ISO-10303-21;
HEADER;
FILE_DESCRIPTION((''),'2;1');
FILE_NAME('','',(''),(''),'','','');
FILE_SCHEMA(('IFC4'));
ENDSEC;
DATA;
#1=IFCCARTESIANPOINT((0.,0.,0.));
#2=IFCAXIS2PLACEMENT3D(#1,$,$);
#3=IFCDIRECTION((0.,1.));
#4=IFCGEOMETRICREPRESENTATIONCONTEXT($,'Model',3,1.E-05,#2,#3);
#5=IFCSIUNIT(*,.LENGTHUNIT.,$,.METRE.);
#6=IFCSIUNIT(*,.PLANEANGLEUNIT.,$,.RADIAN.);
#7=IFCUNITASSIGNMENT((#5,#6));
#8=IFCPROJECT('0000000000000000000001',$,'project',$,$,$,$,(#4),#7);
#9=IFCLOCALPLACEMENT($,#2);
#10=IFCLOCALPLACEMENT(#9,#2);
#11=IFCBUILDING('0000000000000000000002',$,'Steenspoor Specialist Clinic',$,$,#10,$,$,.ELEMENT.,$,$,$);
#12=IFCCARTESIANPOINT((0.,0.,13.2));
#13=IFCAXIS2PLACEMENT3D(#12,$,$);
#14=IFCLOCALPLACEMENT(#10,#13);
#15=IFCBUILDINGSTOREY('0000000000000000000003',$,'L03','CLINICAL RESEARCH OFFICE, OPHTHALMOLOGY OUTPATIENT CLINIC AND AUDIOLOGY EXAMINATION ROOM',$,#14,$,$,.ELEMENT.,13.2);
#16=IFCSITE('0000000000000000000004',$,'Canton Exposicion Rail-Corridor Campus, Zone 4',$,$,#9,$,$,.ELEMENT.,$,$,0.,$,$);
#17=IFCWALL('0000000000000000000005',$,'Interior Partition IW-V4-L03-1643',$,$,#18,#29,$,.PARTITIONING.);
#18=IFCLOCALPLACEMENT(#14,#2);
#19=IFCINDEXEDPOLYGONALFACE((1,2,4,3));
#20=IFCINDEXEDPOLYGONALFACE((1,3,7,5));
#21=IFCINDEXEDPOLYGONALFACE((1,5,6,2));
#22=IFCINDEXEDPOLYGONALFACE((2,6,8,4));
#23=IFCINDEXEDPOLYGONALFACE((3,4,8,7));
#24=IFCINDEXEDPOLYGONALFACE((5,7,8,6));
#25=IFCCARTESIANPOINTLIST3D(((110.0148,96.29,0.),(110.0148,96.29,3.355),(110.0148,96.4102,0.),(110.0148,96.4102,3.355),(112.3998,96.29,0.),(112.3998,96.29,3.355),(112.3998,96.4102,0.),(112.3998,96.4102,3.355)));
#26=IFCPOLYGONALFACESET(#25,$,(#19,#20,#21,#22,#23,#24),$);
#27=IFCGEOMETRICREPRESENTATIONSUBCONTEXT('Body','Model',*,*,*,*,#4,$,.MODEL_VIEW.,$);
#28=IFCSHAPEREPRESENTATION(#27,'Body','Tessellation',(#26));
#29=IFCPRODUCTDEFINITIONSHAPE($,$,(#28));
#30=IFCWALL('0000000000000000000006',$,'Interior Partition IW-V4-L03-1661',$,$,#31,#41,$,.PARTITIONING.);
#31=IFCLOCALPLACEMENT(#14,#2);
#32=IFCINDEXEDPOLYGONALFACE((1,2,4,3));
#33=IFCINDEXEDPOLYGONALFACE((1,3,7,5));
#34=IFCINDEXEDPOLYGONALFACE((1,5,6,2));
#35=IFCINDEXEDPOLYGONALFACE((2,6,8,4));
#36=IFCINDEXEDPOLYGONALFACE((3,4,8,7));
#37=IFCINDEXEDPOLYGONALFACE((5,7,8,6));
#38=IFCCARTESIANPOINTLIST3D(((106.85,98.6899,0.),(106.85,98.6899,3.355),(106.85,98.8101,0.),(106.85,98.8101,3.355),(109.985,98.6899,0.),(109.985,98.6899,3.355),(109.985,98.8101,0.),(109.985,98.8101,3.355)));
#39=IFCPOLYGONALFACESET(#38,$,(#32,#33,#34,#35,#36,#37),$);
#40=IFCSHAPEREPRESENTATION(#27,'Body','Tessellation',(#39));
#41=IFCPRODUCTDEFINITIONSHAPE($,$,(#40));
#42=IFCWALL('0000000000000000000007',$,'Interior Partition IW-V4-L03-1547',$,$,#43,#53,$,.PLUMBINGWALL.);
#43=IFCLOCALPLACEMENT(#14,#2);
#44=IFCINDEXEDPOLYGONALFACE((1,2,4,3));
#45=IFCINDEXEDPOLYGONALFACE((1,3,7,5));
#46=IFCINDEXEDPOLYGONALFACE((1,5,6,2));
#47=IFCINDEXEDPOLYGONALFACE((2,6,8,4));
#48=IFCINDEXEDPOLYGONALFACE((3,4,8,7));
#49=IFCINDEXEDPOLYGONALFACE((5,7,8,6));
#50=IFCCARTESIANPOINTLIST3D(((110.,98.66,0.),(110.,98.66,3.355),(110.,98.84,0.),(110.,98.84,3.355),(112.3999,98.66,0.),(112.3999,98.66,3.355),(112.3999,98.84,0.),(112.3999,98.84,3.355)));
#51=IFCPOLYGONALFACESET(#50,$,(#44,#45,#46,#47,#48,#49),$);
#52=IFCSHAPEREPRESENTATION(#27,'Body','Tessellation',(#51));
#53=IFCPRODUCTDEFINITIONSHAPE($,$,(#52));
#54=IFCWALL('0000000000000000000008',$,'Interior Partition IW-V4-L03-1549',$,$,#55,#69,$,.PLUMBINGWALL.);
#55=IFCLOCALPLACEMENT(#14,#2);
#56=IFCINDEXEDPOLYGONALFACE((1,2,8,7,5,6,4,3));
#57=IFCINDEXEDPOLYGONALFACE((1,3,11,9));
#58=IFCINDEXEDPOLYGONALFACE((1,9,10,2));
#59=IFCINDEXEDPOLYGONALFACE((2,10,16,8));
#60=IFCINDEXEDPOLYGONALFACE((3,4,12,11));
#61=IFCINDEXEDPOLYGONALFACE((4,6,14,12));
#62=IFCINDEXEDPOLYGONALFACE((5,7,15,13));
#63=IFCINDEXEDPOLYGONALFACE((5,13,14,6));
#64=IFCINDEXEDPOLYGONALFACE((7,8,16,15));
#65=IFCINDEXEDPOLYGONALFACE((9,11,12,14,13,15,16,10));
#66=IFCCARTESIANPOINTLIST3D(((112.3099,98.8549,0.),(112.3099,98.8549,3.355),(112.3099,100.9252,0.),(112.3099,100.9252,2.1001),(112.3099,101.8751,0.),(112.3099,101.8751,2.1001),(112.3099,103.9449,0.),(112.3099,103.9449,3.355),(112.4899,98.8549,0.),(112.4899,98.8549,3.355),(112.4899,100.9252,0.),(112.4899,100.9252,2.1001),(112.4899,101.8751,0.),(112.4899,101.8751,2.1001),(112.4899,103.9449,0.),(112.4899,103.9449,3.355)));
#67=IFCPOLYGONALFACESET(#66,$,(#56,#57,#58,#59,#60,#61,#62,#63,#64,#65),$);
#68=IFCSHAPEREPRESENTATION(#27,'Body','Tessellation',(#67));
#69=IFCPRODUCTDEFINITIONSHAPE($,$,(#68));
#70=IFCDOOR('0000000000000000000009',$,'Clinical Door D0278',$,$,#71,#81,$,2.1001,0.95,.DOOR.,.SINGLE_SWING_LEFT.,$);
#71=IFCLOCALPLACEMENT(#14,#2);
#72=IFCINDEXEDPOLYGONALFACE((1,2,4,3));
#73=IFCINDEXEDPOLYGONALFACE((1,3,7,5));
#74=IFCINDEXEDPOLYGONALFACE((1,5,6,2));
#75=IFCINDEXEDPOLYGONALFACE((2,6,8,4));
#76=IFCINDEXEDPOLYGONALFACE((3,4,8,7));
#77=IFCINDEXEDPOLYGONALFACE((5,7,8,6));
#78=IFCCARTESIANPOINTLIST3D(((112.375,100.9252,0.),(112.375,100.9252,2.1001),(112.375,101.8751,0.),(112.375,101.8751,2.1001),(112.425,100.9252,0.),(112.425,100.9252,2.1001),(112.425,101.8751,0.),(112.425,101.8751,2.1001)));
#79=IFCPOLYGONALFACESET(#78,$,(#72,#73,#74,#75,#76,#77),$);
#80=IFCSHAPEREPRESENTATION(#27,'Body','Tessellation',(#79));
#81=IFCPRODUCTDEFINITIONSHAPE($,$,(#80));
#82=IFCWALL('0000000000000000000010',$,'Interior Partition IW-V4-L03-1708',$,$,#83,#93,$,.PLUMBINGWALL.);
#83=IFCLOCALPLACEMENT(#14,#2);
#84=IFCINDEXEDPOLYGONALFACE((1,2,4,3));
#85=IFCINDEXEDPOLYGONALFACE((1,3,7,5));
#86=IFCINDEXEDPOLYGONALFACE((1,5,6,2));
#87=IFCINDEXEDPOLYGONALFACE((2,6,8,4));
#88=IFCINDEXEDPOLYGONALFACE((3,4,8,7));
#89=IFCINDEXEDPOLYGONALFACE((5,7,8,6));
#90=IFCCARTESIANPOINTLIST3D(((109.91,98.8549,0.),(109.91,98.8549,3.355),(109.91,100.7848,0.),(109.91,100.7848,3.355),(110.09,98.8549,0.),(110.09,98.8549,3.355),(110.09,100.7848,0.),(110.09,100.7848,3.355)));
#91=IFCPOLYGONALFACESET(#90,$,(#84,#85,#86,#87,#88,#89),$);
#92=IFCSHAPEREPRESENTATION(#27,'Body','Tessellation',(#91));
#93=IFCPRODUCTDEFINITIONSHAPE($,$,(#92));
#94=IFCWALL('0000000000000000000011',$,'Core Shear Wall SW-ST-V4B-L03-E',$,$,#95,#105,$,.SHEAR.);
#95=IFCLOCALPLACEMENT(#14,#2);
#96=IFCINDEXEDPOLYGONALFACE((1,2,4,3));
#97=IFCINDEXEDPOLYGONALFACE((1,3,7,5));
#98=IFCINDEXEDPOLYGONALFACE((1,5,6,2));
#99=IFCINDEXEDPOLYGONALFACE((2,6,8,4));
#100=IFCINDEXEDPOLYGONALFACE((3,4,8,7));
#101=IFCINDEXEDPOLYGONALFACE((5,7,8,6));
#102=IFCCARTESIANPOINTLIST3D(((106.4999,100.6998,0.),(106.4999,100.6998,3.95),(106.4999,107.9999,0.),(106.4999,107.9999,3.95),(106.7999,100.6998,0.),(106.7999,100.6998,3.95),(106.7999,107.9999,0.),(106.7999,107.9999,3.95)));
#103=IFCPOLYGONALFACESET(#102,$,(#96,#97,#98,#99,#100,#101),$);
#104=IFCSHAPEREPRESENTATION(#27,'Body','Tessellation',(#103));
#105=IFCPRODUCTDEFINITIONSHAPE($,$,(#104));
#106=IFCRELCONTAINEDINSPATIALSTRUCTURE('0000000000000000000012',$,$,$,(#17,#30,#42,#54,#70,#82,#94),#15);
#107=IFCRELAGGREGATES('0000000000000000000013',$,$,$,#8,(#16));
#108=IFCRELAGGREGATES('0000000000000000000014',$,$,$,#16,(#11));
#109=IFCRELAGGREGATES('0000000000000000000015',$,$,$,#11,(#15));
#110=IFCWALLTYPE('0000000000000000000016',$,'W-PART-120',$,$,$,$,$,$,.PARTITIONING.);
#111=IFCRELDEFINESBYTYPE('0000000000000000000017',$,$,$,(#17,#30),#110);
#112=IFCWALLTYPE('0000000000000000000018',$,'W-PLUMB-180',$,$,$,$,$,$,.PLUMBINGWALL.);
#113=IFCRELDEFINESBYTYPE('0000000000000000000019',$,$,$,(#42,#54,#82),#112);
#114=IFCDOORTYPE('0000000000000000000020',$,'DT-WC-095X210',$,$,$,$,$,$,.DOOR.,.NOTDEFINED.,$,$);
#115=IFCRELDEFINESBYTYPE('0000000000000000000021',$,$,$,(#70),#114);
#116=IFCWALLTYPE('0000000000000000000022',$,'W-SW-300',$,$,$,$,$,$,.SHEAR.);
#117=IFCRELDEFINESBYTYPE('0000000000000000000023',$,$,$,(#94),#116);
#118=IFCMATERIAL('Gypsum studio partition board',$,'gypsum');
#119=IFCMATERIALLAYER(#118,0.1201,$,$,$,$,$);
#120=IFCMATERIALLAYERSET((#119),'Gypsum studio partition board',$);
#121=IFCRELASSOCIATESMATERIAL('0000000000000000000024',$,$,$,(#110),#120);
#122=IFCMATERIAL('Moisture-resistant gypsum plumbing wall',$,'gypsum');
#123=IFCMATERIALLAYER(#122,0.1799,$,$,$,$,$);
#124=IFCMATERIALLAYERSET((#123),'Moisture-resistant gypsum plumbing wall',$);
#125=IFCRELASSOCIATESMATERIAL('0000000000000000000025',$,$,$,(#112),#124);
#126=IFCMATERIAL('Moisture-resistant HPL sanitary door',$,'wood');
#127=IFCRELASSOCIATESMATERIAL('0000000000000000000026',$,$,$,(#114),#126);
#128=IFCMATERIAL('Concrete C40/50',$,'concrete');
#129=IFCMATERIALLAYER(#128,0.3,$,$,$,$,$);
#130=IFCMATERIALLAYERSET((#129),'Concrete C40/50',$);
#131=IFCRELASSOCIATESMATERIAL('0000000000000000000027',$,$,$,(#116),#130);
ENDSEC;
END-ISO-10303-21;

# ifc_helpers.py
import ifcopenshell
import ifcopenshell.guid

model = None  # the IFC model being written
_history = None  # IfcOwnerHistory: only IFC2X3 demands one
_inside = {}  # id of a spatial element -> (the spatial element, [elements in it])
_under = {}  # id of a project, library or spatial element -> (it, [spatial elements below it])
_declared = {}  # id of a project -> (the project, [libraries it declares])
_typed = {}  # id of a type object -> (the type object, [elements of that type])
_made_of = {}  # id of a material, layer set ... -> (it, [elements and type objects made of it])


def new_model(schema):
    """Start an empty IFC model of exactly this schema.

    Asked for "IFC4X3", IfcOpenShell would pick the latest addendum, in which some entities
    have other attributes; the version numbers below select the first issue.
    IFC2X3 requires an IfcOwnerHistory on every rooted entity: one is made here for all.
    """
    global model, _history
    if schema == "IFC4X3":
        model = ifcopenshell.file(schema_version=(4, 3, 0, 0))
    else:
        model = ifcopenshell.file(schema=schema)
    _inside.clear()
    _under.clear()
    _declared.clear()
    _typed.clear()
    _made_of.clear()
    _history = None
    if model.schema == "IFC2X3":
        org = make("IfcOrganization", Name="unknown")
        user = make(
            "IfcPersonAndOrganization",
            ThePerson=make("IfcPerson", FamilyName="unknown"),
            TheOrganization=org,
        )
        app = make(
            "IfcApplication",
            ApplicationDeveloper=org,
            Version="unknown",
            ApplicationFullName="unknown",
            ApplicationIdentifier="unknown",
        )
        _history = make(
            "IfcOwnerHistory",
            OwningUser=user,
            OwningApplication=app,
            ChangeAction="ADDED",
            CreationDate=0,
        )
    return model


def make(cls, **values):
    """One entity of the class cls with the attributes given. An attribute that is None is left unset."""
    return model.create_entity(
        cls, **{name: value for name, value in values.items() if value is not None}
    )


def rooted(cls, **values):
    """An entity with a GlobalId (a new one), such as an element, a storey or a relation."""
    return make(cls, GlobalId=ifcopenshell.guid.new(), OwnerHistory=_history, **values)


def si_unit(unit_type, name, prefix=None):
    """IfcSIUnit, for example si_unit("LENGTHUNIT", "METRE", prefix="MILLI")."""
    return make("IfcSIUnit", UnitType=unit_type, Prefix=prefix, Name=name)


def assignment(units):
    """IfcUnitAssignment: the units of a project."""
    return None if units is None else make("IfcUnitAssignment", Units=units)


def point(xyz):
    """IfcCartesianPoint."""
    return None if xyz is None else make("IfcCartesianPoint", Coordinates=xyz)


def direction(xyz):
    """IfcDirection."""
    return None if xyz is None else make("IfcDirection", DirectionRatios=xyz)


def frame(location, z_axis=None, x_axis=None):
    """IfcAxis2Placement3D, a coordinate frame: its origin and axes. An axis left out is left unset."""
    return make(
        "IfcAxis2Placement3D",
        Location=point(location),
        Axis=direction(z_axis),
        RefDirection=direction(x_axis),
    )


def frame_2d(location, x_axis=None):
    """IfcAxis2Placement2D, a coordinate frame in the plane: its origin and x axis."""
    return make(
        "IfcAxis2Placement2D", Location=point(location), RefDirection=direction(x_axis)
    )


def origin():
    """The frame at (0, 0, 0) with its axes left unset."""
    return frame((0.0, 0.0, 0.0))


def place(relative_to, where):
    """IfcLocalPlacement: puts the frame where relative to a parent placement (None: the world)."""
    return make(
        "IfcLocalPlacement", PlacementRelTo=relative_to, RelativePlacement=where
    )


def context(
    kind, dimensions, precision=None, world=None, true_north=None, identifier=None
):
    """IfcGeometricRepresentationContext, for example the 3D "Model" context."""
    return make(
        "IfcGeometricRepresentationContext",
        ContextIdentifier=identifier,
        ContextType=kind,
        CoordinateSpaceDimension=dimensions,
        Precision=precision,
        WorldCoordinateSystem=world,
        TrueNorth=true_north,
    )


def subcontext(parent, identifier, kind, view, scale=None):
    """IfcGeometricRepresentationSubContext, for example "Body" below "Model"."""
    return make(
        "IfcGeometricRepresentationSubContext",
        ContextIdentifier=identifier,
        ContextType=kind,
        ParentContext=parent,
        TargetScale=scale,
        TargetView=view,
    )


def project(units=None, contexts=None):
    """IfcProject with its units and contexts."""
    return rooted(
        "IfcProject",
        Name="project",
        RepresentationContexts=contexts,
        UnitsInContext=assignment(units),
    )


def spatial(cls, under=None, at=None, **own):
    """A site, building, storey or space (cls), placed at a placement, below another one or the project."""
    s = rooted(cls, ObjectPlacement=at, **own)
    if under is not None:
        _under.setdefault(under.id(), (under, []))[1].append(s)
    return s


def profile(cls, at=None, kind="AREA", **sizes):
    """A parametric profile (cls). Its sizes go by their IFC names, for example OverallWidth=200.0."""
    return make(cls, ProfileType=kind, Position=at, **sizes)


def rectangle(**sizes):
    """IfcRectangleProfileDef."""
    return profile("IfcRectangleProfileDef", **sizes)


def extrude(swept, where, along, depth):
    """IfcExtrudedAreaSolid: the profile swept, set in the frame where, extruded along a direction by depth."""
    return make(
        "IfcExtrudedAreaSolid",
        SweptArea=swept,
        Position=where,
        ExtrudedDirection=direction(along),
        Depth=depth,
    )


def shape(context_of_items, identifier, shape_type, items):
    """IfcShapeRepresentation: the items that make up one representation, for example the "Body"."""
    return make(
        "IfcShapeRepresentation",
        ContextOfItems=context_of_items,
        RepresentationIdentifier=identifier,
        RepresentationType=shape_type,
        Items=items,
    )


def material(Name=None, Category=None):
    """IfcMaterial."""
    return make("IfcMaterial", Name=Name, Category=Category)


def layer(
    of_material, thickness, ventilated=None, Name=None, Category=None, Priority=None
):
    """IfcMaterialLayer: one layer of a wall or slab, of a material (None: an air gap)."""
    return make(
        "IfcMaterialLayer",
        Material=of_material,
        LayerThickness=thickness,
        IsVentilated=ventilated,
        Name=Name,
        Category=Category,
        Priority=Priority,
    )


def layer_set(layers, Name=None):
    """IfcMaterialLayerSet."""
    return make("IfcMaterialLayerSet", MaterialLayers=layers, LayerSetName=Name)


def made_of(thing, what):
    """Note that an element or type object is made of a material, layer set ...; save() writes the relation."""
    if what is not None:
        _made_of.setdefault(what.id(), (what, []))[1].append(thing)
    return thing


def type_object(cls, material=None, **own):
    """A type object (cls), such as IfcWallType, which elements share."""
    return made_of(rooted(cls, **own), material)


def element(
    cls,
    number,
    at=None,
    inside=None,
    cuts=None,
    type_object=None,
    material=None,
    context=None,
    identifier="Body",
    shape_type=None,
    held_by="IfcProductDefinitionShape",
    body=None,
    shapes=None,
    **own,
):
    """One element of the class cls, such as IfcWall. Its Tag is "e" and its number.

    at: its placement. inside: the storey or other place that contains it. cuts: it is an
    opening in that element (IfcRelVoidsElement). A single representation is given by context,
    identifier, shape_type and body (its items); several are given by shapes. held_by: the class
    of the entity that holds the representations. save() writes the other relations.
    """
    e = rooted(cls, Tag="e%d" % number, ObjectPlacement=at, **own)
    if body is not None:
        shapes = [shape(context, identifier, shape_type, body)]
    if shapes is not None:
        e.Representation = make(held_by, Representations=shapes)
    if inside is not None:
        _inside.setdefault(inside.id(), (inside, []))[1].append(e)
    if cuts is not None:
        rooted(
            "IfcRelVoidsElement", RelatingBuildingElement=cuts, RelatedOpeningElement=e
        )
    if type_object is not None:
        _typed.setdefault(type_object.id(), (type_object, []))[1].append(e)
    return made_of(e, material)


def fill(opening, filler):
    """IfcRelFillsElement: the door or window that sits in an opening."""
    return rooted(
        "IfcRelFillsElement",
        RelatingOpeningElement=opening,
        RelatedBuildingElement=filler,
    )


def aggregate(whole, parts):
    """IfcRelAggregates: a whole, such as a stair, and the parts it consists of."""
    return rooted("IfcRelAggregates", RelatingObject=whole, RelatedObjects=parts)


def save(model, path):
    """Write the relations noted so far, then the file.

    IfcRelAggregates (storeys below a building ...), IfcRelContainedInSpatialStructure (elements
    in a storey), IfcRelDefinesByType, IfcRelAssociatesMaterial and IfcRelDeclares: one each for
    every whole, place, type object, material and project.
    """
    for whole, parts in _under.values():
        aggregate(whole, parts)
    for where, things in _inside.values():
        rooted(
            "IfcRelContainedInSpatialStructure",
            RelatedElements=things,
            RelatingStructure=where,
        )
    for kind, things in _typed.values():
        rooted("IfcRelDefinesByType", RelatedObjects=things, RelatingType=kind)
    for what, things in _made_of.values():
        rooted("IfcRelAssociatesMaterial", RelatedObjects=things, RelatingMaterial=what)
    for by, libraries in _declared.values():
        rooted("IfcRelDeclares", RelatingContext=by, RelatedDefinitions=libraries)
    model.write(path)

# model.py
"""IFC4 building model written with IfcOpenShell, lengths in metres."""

from ifc_helpers import new_model, si_unit, direction, frame, frame_2d, origin, place, context, subcontext, project, spatial, rectangle, extrude, material, layer, layer_set, type_object, element, fill, save


model = new_model("IFC4")

# Units and contexts
model_context = context("Model", 3, precision=1e-05, world=origin(), true_north=direction((0.0, 1.0)))
body_context = subcontext(model_context, "Body", "Model", "MODEL_VIEW")
ifc_project = project(units=[si_unit("LENGTHUNIT", "METRE"), si_unit("PLANEANGLEUNIT", "RADIAN")], contexts=[model_context])

# Site, building, storey
site_placement = place(None, origin())
site = spatial("IfcSite", under=ifc_project, at=site_placement, Name="Canton Exposicion Rail-Corridor Campus, Zone 4", CompositionType="ELEMENT", RefElevation=0.0)
building_placement = place(site_placement, origin())
building = spatial("IfcBuilding", under=site, at=building_placement, Name="Steenspoor Specialist Clinic", CompositionType="ELEMENT")
storey_placement = place(building_placement, frame((0.0, 0.0, 13.2)))
storey = spatial("IfcBuildingStorey", under=building, at=storey_placement, Name="L03", Description="CLINICAL RESEARCH OFFICE, OPHTHALMOLOGY OUTPATIENT CLINIC AND AUDIOLOGY EXAMINATION ROOM", CompositionType="ELEMENT", Elevation=13.2)

# Shared definitions
ifc_material_1 = material(Name="Concrete C40/50", Category="concrete")

# Walls
ifc_material_2 = material(Name="Gypsum studio partition board", Category="gypsum")
ifc_layer_1 = layer(ifc_material_2, 0.1201)
ifc_layer_set_1 = layer_set([ifc_layer_1], Name="Gypsum studio partition board")
wall_type_1 = type_object("IfcWallType", Name="W-PART-120", PredefinedType="PARTITIONING", material=ifc_layer_set_1)
wall_1_placement = place(storey_placement, frame((110.0149, 96.3501, 0.0), z_axis=(0.0, 0.0, 1.0), x_axis=(1.0, 0.0, 0.0)))
element("IfcWall", 1, at=wall_1_placement, inside=storey, type_object=wall_type_1, Name="Interior Partition IW-V4-L03-1643", PredefinedType="PARTITIONING", context=body_context, shape_type="SweptSolid", body=[
    extrude(rectangle(XDim=2.385, YDim=0.1201, at=frame_2d((1.1924, 0.0))), origin(), (0.0, 0.0, 1.0), 3.355),
])
wall_2_placement = place(storey_placement, frame((106.8501, 98.75, 0.0), z_axis=(0.0, 0.0, 1.0), x_axis=(1.0, 0.0, 0.0)))
element("IfcWall", 2, at=wall_2_placement, inside=storey, type_object=wall_type_1, Name="Interior Partition IW-V4-L03-1661", PredefinedType="PARTITIONING", context=body_context, shape_type="SweptSolid", body=[
    extrude(rectangle(XDim=3.135, YDim=0.1201, at=frame_2d((1.5674, 0.0))), origin(), (0.0, 0.0, 1.0), 3.355),
])
ifc_material_3 = material(Name="Moisture-resistant gypsum plumbing wall", Category="gypsum")
ifc_layer_2 = layer(ifc_material_3, 0.1799)
ifc_layer_set_2 = layer_set([ifc_layer_2], Name="Moisture-resistant gypsum plumbing wall")
wall_type_2 = type_object("IfcWallType", Name="W-PLUMB-180", PredefinedType="PLUMBINGWALL", material=ifc_layer_set_2)
wall_3_placement = place(storey_placement, frame((110.0, 98.75, 0.0), z_axis=(0.0, 0.0, 1.0), x_axis=(1.0, 0.0, 0.0)))
element("IfcWall", 3, at=wall_3_placement, inside=storey, type_object=wall_type_2, Name="Interior Partition IW-V4-L03-1547", PredefinedType="PLUMBINGWALL", context=body_context, shape_type="SweptSolid", body=[
    extrude(rectangle(XDim=2.3999, YDim=0.1799, at=frame_2d((1.2, 0.0))), origin(), (0.0, 0.0, 1.0), 3.355),
])

# Wall, opening, door
wall_4_placement = place(storey_placement, frame((112.3999, 98.855, 0.0), z_axis=(0.0, 0.0, 1.0), x_axis=(0.0, 1.0, 0.0)))
wall_4 = element("IfcWall", 4, at=wall_4_placement, inside=storey, type_object=wall_type_2, Name="Interior Partition IW-V4-L03-1549", PredefinedType="PLUMBINGWALL", context=body_context, shape_type="SweptSolid", body=[
    extrude(rectangle(XDim=5.0901, YDim=0.1799, at=frame_2d((2.5449, 0.0))), origin(), (0.0, 0.0, 1.0), 3.355),
])
opening_1_placement = place(wall_4_placement, frame((2.0701, 0.0, 0.0)))
opening_1 = element("IfcOpeningElement", 5, at=opening_1_placement, cuts=wall_4, PredefinedType="OPENING", context=body_context, shape_type="SweptSolid", body=[
    extrude(rectangle(XDim=0.95, YDim=2.1001, at=frame_2d((0.4751, 1.05))), frame((0.0, 0.1001, 0.0), z_axis=(0.0, -1.0, 0.0), x_axis=(1.0, 0.0, 0.0)), (0.0, 0.0, 1.0), 0.2),
])
ifc_material_4 = material(Name="Moisture-resistant HPL sanitary door", Category="wood")
door_type = type_object("IfcDoorType", Name="DT-WC-095X210", OperationType="NOTDEFINED", PredefinedType="DOOR", material=ifc_material_4)
door_placement = place(opening_1_placement, origin())
door = element("IfcDoor", 6, at=door_placement, inside=storey, type_object=door_type, Name="Clinical Door D0278", OperationType="SINGLE_SWING_LEFT", OverallHeight=2.1001, OverallWidth=0.95, PredefinedType="DOOR", context=body_context, shape_type="SweptSolid", body=[
    extrude(rectangle(XDim=0.95, YDim=2.1001, at=frame_2d((0.4751, 1.05))), frame((0.0, 0.0249, 0.0), z_axis=(0.0, -1.0, 0.0), x_axis=(1.0, 0.0, 0.0)), (0.0, 0.0, 1.0), 0.05),
])
fill(opening_1, door)

# Walls
wall_5_placement = place(storey_placement, frame((110.0, 98.855, 0.0), z_axis=(0.0, 0.0, 1.0), x_axis=(0.0, 1.0, 0.0)))
element("IfcWall", 7, at=wall_5_placement, inside=storey, type_object=wall_type_2, Name="Interior Partition IW-V4-L03-1708", PredefinedType="PLUMBINGWALL", context=body_context, shape_type="SweptSolid", body=[
    extrude(rectangle(XDim=1.9299, YDim=0.1799, at=frame_2d((0.9648, 0.0))), origin(), (0.0, 0.0, 1.0), 3.355),
])
ifc_layer_3 = layer(ifc_material_1, 0.3)
ifc_layer_set_3 = layer_set([ifc_layer_3], Name="Concrete C40/50")
wall_type_3 = type_object("IfcWallType", Name="W-SW-300", PredefinedType="SHEAR", material=ifc_layer_set_3)
wall_6_placement = place(storey_placement, frame((106.6499, 100.7, 0.0), z_axis=(0.0, 0.0, 1.0), x_axis=(0.0, 1.0, 0.0)))
element("IfcWall", 8, at=wall_6_placement, inside=storey, type_object=wall_type_3, Name="Core Shear Wall SW-ST-V4B-L03-E", PredefinedType="SHEAR", context=body_context, shape_type="SweptSolid", body=[
    extrude(rectangle(XDim=7.3, YDim=0.3, at=frame_2d((3.6499, 0.0))), origin(), (0.0, 0.0, 1.0), 3.95),
])

save(model, "model.ifc")
